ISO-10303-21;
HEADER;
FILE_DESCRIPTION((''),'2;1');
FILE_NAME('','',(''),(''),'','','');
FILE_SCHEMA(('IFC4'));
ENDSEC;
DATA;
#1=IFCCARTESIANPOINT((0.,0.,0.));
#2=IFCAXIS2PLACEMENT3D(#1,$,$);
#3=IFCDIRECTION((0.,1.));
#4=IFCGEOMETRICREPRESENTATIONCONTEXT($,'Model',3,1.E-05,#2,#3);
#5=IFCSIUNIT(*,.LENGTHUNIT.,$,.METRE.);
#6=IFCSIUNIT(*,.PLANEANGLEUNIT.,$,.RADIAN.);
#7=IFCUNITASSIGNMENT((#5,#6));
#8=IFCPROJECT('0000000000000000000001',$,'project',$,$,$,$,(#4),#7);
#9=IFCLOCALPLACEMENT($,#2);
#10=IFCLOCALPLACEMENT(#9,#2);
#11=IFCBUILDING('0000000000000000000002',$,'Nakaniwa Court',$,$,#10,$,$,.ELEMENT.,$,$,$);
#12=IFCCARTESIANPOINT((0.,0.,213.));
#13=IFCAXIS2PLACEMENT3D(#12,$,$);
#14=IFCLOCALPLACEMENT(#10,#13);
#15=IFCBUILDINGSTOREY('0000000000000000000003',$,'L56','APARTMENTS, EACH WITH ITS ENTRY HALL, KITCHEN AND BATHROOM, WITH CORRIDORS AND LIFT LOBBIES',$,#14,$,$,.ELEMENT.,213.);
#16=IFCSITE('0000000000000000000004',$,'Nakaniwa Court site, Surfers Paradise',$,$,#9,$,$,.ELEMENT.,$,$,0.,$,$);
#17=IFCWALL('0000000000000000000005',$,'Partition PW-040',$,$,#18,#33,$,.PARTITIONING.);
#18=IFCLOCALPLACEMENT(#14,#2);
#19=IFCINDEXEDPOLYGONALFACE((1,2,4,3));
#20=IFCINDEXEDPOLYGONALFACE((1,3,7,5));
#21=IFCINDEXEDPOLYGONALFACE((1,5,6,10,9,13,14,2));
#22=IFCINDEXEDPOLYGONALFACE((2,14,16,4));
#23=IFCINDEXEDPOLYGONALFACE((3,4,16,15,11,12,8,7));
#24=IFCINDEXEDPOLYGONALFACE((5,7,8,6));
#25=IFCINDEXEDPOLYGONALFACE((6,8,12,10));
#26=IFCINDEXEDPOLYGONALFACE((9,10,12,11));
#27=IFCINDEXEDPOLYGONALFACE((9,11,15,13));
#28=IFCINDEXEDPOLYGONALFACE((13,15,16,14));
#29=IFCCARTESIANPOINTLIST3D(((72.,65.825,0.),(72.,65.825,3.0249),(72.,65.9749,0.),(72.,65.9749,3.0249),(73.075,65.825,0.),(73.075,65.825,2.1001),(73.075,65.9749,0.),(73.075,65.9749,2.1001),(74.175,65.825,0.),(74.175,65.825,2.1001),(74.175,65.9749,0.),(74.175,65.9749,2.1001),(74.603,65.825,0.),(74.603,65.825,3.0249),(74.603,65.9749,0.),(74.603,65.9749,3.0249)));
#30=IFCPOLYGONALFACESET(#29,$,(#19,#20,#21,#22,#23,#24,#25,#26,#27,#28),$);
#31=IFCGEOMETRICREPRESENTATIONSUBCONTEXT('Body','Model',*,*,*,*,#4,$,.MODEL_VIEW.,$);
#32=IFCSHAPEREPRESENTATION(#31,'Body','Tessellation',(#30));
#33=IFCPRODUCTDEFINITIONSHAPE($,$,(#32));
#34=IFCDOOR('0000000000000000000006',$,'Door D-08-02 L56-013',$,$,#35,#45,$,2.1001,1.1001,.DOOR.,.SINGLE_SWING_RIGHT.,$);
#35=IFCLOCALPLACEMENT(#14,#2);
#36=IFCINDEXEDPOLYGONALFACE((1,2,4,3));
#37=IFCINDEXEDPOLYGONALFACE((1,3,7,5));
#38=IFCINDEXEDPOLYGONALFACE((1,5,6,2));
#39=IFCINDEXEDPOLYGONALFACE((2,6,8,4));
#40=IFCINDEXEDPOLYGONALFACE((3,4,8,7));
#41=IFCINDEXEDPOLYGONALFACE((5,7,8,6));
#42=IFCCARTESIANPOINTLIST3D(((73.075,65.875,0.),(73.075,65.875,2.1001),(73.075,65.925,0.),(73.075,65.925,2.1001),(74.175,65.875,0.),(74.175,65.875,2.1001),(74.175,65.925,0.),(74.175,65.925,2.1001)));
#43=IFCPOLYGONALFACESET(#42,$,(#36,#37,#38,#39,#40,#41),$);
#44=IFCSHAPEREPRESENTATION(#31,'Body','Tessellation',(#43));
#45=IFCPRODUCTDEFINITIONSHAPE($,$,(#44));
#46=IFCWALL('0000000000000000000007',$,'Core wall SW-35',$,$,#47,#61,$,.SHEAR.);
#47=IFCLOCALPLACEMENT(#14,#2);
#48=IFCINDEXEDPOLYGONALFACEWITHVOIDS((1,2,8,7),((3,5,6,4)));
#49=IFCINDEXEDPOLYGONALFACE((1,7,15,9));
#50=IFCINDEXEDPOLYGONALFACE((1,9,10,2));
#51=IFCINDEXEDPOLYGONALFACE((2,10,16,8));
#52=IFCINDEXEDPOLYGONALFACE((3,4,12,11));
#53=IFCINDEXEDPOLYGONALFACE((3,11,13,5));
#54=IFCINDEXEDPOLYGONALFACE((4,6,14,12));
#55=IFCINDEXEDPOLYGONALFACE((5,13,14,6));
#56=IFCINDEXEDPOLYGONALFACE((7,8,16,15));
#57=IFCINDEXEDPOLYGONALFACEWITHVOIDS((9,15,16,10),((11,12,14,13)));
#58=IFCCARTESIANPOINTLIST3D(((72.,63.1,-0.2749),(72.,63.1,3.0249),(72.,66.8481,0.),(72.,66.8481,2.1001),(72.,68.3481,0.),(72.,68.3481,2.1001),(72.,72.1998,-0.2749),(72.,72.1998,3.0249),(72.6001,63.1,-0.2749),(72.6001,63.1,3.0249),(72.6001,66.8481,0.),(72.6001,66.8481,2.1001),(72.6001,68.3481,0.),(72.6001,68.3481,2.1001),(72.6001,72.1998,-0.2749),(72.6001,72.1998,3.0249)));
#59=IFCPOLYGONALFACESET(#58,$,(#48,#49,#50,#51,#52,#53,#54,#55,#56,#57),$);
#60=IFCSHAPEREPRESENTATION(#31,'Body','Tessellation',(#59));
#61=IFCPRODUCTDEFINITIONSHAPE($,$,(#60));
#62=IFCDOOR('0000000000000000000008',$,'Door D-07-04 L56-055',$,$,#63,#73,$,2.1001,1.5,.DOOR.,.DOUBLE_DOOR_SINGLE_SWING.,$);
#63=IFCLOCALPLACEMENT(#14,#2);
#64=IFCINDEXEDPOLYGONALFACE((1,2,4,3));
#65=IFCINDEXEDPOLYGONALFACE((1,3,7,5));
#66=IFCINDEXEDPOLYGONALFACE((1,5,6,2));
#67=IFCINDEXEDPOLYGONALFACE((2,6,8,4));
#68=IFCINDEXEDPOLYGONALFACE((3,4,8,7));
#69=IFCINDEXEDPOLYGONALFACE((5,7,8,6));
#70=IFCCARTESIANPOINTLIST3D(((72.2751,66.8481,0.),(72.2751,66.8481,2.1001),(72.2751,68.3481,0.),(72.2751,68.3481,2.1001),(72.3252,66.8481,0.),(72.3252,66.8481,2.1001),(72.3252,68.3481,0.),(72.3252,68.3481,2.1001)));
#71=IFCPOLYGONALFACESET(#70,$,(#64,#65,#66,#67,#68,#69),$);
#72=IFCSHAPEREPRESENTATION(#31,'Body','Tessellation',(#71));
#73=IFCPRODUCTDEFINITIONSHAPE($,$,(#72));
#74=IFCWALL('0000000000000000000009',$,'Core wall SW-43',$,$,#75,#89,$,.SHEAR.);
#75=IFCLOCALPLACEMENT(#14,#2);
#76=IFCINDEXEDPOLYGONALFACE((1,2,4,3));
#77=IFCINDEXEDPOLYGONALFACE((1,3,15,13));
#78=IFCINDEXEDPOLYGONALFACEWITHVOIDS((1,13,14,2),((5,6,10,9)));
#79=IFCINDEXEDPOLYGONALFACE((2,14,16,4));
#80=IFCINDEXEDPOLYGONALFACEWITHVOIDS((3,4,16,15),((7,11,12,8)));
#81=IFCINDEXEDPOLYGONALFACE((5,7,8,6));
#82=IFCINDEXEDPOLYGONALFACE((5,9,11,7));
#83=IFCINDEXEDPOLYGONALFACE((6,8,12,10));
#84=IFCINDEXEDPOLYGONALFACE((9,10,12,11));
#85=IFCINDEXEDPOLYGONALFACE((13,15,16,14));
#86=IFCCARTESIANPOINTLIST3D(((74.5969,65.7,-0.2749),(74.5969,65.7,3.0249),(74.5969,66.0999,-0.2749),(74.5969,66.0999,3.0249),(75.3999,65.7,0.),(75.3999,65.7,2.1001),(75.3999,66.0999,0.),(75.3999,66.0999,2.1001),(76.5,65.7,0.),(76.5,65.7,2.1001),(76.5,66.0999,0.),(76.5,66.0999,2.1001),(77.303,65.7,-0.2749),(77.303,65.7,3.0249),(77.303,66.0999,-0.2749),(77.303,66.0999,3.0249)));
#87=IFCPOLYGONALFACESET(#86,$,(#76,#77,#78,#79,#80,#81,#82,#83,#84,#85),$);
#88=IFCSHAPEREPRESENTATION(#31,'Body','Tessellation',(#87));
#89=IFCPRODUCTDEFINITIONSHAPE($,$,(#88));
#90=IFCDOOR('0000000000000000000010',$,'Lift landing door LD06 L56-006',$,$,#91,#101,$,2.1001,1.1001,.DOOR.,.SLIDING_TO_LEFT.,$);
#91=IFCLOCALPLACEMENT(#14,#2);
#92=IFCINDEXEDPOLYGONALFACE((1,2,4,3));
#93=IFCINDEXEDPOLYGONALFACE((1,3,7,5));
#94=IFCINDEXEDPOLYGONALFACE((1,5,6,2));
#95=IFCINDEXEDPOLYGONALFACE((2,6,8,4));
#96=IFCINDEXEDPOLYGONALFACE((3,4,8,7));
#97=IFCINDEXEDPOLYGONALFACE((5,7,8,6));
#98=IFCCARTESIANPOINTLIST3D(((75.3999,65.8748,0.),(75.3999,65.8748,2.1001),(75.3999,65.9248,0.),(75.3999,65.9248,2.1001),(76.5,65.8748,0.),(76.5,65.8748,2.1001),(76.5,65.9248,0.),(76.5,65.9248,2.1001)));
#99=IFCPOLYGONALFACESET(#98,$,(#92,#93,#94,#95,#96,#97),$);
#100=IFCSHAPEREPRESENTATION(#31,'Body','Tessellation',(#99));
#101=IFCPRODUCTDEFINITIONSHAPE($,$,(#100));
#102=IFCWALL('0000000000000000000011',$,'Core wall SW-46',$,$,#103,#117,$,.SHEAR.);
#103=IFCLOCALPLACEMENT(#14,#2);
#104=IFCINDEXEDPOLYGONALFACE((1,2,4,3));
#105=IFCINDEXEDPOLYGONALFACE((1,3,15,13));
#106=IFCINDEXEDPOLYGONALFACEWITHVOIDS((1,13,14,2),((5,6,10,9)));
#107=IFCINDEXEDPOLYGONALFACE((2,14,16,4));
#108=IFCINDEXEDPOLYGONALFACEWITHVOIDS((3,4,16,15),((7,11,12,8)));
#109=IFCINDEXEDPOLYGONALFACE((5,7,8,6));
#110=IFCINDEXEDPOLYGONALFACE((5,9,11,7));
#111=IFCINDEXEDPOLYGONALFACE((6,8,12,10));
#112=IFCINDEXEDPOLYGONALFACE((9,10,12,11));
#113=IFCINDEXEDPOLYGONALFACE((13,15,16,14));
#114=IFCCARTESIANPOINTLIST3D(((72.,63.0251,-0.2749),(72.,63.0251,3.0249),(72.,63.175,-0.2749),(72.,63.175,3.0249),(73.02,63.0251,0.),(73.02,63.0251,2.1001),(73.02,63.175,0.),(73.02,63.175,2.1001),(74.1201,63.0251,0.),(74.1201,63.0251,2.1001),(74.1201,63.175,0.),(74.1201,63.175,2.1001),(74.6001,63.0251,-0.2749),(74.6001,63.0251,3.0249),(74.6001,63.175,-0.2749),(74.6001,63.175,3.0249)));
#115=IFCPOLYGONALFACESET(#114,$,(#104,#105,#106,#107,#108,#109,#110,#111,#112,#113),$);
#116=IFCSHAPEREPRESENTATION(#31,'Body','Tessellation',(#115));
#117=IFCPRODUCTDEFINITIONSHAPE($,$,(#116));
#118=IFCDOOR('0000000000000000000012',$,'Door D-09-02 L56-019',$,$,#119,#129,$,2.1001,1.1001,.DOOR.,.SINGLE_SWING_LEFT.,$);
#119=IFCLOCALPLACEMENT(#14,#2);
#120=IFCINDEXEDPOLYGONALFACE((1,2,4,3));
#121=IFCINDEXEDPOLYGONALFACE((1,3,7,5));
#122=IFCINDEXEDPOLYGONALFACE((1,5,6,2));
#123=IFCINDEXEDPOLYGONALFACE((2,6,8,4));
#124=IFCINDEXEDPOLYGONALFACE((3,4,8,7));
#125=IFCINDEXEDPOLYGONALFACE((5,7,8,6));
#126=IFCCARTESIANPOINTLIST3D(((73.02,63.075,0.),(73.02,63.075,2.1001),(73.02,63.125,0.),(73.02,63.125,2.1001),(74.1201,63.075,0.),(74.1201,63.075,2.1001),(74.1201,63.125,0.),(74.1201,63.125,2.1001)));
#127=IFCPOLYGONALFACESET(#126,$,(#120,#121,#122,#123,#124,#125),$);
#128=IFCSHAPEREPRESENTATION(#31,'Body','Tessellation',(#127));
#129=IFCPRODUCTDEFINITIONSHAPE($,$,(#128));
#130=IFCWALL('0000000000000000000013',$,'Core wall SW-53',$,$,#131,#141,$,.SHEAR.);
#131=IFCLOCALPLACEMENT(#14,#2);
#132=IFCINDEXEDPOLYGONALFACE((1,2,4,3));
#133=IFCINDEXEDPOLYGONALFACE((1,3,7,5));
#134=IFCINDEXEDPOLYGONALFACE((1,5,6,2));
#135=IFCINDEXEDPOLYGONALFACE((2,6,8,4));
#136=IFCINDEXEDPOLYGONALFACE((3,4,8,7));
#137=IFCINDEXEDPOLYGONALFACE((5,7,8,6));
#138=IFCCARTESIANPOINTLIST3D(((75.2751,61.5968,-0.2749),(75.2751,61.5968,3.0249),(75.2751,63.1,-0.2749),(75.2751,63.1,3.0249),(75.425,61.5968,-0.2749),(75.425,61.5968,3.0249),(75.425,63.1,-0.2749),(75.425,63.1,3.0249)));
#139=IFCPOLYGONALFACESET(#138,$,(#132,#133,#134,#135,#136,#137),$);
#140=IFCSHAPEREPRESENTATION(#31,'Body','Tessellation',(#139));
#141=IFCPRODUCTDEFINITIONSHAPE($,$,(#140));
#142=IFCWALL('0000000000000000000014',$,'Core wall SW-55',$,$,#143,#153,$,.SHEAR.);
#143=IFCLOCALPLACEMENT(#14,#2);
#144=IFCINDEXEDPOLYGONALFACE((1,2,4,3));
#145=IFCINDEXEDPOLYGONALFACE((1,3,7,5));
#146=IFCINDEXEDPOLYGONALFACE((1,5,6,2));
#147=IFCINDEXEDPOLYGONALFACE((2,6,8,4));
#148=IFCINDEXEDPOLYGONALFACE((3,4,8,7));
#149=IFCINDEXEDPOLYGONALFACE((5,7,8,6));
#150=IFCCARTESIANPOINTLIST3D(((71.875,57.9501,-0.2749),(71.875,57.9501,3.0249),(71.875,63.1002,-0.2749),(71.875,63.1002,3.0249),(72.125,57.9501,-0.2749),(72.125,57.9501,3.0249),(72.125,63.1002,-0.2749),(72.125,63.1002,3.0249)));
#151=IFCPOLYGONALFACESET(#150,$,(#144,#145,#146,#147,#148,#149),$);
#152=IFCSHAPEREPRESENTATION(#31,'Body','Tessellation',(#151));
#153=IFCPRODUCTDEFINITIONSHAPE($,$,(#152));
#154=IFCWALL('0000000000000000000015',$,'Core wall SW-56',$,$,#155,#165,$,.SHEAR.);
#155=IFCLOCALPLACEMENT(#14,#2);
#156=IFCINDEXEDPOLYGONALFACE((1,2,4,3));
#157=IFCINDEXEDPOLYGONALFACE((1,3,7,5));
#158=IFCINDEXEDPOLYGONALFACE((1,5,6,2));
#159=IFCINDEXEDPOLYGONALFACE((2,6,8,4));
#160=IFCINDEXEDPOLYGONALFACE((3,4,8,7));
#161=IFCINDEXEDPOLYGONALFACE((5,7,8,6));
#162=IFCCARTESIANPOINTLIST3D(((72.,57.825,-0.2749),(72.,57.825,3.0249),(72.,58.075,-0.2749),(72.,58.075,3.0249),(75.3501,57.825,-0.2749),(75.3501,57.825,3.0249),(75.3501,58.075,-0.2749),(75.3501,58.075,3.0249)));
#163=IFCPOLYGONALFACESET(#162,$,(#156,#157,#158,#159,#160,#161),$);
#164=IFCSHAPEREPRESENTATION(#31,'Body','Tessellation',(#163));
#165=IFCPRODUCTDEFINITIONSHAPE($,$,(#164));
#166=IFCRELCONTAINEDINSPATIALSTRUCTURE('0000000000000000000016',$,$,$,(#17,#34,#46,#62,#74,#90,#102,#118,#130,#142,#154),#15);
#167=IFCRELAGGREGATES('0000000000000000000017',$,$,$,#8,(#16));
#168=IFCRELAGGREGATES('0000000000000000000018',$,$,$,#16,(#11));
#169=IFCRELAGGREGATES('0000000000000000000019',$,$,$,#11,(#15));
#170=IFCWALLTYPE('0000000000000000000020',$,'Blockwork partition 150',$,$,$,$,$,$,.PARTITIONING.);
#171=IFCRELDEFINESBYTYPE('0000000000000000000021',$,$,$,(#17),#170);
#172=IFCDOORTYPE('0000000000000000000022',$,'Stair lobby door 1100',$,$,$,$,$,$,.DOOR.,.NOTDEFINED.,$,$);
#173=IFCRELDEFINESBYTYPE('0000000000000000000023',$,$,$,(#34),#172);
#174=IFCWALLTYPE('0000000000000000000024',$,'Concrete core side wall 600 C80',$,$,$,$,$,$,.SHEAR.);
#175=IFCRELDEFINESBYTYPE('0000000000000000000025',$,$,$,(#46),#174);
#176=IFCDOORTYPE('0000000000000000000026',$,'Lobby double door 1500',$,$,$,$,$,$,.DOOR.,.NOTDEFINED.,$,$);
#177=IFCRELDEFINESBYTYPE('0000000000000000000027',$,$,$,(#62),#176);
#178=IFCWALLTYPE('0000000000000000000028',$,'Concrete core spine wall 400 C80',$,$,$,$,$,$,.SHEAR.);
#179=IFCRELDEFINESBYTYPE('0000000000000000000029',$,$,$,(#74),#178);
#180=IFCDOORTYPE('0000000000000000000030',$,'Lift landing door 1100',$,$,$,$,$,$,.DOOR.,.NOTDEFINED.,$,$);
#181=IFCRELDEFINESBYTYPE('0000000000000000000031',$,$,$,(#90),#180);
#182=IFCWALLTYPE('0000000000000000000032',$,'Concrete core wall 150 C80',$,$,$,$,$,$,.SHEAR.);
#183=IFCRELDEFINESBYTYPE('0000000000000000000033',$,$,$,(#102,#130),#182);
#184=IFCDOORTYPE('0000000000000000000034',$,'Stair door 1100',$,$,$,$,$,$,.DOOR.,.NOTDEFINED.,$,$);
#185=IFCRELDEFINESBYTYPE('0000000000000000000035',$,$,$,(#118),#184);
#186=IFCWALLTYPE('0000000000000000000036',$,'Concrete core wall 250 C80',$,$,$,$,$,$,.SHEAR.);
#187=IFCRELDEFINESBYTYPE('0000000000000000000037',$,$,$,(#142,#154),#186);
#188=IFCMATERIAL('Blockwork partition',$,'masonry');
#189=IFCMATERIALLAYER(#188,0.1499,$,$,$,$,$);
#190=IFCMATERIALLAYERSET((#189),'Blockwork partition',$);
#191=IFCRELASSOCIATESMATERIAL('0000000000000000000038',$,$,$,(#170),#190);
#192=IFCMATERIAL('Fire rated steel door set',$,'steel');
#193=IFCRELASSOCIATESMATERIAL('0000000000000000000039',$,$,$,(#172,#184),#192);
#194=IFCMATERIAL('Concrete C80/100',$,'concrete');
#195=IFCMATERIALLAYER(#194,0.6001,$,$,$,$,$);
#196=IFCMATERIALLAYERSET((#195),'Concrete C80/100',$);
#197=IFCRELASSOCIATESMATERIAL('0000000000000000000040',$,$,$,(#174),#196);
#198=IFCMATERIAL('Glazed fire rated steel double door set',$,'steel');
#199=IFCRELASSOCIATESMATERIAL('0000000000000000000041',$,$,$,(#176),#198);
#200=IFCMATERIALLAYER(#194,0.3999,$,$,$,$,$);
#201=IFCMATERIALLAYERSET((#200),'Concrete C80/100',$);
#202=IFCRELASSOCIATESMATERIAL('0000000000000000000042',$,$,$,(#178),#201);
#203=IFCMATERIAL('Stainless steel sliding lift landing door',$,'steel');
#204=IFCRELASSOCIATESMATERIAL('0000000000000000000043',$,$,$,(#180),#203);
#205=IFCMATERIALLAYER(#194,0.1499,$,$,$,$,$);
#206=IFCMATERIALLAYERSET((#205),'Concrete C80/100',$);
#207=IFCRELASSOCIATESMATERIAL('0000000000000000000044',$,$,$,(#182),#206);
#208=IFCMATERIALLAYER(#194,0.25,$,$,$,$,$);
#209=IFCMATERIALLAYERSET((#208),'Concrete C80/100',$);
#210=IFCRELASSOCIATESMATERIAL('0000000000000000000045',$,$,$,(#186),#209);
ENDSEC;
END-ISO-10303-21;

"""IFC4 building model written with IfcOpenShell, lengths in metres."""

from ifc_helpers import new_model, si_unit, direction, frame, frame_2d, origin, place, context, subcontext, project, spatial, rectangle, extrude, material, layer, layer_set, type_object, element, fill, save


model = new_model("IFC4")

# Units and contexts
model_context = context("Model", 3, precision=1e-05, world=origin(), true_north=direction((0.0, 1.0)))
body_context = subcontext(model_context, "Body", "Model", "MODEL_VIEW")
ifc_project = project(units=[si_unit("LENGTHUNIT", "METRE"), si_unit("PLANEANGLEUNIT", "RADIAN")], contexts=[model_context])

# Site, building, storey
site_placement = place(None, origin())
site = spatial("IfcSite", under=ifc_project, at=site_placement, Name="Nakaniwa Court site, Surfers Paradise", CompositionType="ELEMENT", RefElevation=0.0)
building_placement = place(site_placement, origin())
building = spatial("IfcBuilding", under=site, at=building_placement, Name="Nakaniwa Court", CompositionType="ELEMENT")
storey_placement = place(building_placement, frame((0.0, 0.0, 213.0)))
storey = spatial("IfcBuildingStorey", under=building, at=storey_placement, Name="L56", Description="APARTMENTS, EACH WITH ITS ENTRY HALL, KITCHEN AND BATHROOM, WITH CORRIDORS AND LIFT LOBBIES", CompositionType="ELEMENT", Elevation=213.0)

# Walls, openings, doors
ifc_material_1 = material(Name="Blockwork partition", Category="masonry")
ifc_layer_1 = layer(ifc_material_1, 0.1499)
ifc_layer_set_1 = layer_set([ifc_layer_1], Name="Blockwork partition")
wall_type_1 = type_object("IfcWallType", Name="Blockwork partition 150", PredefinedType="PARTITIONING", material=ifc_layer_set_1)
wall_1_placement = place(storey_placement, frame((74.603, 65.8999, 0.0), z_axis=(0.0, 0.0, 1.0), x_axis=(-1.0, 0.0, 0.0)))
wall_1 = element("IfcWall", 1, at=wall_1_placement, inside=storey, type_object=wall_type_1, Name="Partition PW-040", PredefinedType="PARTITIONING", context=body_context, shape_type="SweptSolid", body=[
    extrude(rectangle(XDim=2.603, YDim=0.1499, at=frame_2d((1.3015, 0.0))), origin(), (0.0, 0.0, 1.0), 3.0249),
])
opening_1_placement = place(wall_1_placement, frame((0.428, 0.0, 0.0)))
opening_1 = element("IfcOpeningElement", 2, at=opening_1_placement, cuts=wall_1, PredefinedType="OPENING", context=body_context, shape_type="SweptSolid", body=[
    extrude(rectangle(XDim=1.1001, YDim=2.1001, at=frame_2d((0.55, 1.05))), frame((0.0, 0.085, 0.0), z_axis=(0.0, -1.0, 0.0), x_axis=(1.0, 0.0, 0.0)), (0.0, 0.0, 1.0), 0.1699),
])
ifc_material_2 = material(Name="Fire rated steel door set", Category="steel")
door_type_1 = type_object("IfcDoorType", Name="Stair lobby door 1100", OperationType="NOTDEFINED", PredefinedType="DOOR", material=ifc_material_2)
door_1_placement = place(opening_1_placement, origin())
door_1 = element("IfcDoor", 3, at=door_1_placement, inside=storey, type_object=door_type_1, Name="Door D-08-02 L56-013", OperationType="SINGLE_SWING_RIGHT", OverallHeight=2.1001, OverallWidth=1.1001, PredefinedType="DOOR", context=body_context, shape_type="SweptSolid", body=[
    extrude(rectangle(XDim=1.1001, YDim=2.1001, at=frame_2d((0.55, 1.05))), frame((0.0, 0.0249, 0.0), z_axis=(0.0, -1.0, 0.0), x_axis=(1.0, 0.0, 0.0)), (0.0, 0.0, 1.0), 0.05),
])
fill(opening_1, door_1)
ifc_material_3 = material(Name="Concrete C80/100", Category="concrete")
ifc_layer_2 = layer(ifc_material_3, 0.6001)
ifc_layer_set_2 = layer_set([ifc_layer_2], Name="Concrete C80/100")
wall_type_2 = type_object("IfcWallType", Name="Concrete core side wall 600 C80", PredefinedType="SHEAR", material=ifc_layer_set_2)
wall_2_placement = place(storey_placement, frame((72.3, 63.1001, -0.2749), z_axis=(0.0, 0.0, 1.0), x_axis=(0.0, 1.0, 0.0)))
wall_2 = element("IfcWall", 4, at=wall_2_placement, inside=storey, type_object=wall_type_2, Name="Core wall SW-35", PredefinedType="SHEAR", context=body_context, shape_type="SweptSolid", body=[
    extrude(rectangle(XDim=9.0999, YDim=0.6001, at=frame_2d((4.5498, 0.0))), origin(), (0.0, 0.0, 1.0), 3.2998),
])
opening_2_placement = place(wall_2_placement, frame((3.748, 0.0, 0.2749)))
opening_2 = element("IfcOpeningElement", 5, at=opening_2_placement, cuts=wall_2, PredefinedType="OPENING", context=body_context, shape_type="SweptSolid", body=[
    extrude(rectangle(XDim=1.5, YDim=2.1001, at=frame_2d((0.75, 1.05))), frame((0.0, 0.3101, 0.0), z_axis=(0.0, -1.0, 0.0), x_axis=(1.0, 0.0, 0.0)), (0.0, 0.0, 1.0), 0.6201),
])
ifc_material_4 = material(Name="Glazed fire rated steel double door set", Category="steel")
door_type_2 = type_object("IfcDoorType", Name="Lobby double door 1500", OperationType="NOTDEFINED", PredefinedType="DOOR", material=ifc_material_4)
door_2_placement = place(opening_2_placement, origin())
door_2 = element("IfcDoor", 6, at=door_2_placement, inside=storey, type_object=door_type_2, Name="Door D-07-04 L56-055", OperationType="DOUBLE_DOOR_SINGLE_SWING", OverallHeight=2.1001, OverallWidth=1.5, PredefinedType="DOOR", context=body_context, shape_type="SweptSolid", body=[
    extrude(rectangle(XDim=1.5, YDim=2.1001, at=frame_2d((0.75, 1.05))), frame((0.0, 0.0249, 0.0), z_axis=(0.0, -1.0, 0.0), x_axis=(1.0, 0.0, 0.0)), (0.0, 0.0, 1.0), 0.05),
])
fill(opening_2, door_2)
ifc_layer_3 = layer(ifc_material_3, 0.3999)
ifc_layer_set_3 = layer_set([ifc_layer_3], Name="Concrete C80/100")
wall_type_3 = type_object("IfcWallType", Name="Concrete core spine wall 400 C80", PredefinedType="SHEAR", material=ifc_layer_set_3)
wall_3_placement = place(storey_placement, frame((74.5969, 65.8999, -0.2749), z_axis=(0.0, 0.0, 1.0), x_axis=(1.0, 0.0, 0.0)))
wall_3 = element("IfcWall", 7, at=wall_3_placement, inside=storey, type_object=wall_type_3, Name="Core wall SW-43", PredefinedType="SHEAR", context=body_context, shape_type="SweptSolid", body=[
    extrude(rectangle(XDim=2.7061, YDim=0.3999, at=frame_2d((1.353, 0.0))), origin(), (0.0, 0.0, 1.0), 3.2998),
])
opening_3_placement = place(wall_3_placement, frame((0.803, 0.0, 0.2749)))
opening_3 = element("IfcOpeningElement", 8, at=opening_3_placement, cuts=wall_3, PredefinedType="OPENING", context=body_context, shape_type="SweptSolid", body=[
    extrude(rectangle(XDim=1.1001, YDim=2.1001, at=frame_2d((0.55, 1.05))), frame((0.0, 0.21, 0.0), z_axis=(0.0, -1.0, 0.0), x_axis=(1.0, 0.0, 0.0)), (0.0, 0.0, 1.0), 0.4199),
])
ifc_material_5 = material(Name="Stainless steel sliding lift landing door", Category="steel")
door_type_3 = type_object("IfcDoorType", Name="Lift landing door 1100", OperationType="NOTDEFINED", PredefinedType="DOOR", material=ifc_material_5)
door_3_placement = place(opening_3_placement, origin())
door_3 = element("IfcDoor", 9, at=door_3_placement, inside=storey, type_object=door_type_3, Name="Lift landing door LD06 L56-006", OperationType="SLIDING_TO_LEFT", OverallHeight=2.1001, OverallWidth=1.1001, PredefinedType="DOOR", context=body_context, shape_type="SweptSolid", body=[
    extrude(rectangle(XDim=1.1001, YDim=2.1001, at=frame_2d((0.55, 1.05))), frame((0.0, 0.0249, 0.0), z_axis=(0.0, -1.0, 0.0), x_axis=(1.0, 0.0, 0.0)), (0.0, 0.0, 1.0), 0.05),
])
fill(opening_3, door_3)
ifc_layer_4 = layer(ifc_material_3, 0.1499)
ifc_layer_set_4 = layer_set([ifc_layer_4], Name="Concrete C80/100")
wall_type_4 = type_object("IfcWallType", Name="Concrete core wall 150 C80", PredefinedType="SHEAR", material=ifc_layer_set_4)
wall_4_placement = place(storey_placement, frame((72.0, 63.1001, -0.2749), z_axis=(0.0, 0.0, 1.0), x_axis=(1.0, 0.0, 0.0)))
wall_4 = element("IfcWall", 10, at=wall_4_placement, inside=storey, type_object=wall_type_4, Name="Core wall SW-46", PredefinedType="SHEAR", context=body_context, shape_type="SweptSolid", body=[
    extrude(rectangle(XDim=2.6001, YDim=0.1499, at=frame_2d((1.3, 0.0))), origin(), (0.0, 0.0, 1.0), 3.2998),
])
opening_4_placement = place(wall_4_placement, frame((1.02, 0.0, 0.2749)))
opening_4 = element("IfcOpeningElement", 11, at=opening_4_placement, cuts=wall_4, PredefinedType="OPENING", context=body_context, shape_type="SweptSolid", body=[
    extrude(rectangle(XDim=1.1001, YDim=2.1001, at=frame_2d((0.55, 1.05))), frame((0.0, 0.085, 0.0), z_axis=(0.0, -1.0, 0.0), x_axis=(1.0, 0.0, 0.0)), (0.0, 0.0, 1.0), 0.1699),
])
door_type_4 = type_object("IfcDoorType", Name="Stair door 1100", OperationType="NOTDEFINED", PredefinedType="DOOR", material=ifc_material_2)
door_4_placement = place(opening_4_placement, origin())
door_4 = element("IfcDoor", 12, at=door_4_placement, inside=storey, type_object=door_type_4, Name="Door D-09-02 L56-019", OperationType="SINGLE_SWING_LEFT", OverallHeight=2.1001, OverallWidth=1.1001, PredefinedType="DOOR", context=body_context, shape_type="SweptSolid", body=[
    extrude(rectangle(XDim=1.1001, YDim=2.1001, at=frame_2d((0.55, 1.05))), frame((0.0, 0.0249, 0.0), z_axis=(0.0, -1.0, 0.0), x_axis=(1.0, 0.0, 0.0)), (0.0, 0.0, 1.0), 0.05),
])
fill(opening_4, door_4)

# Walls
wall_5_placement = place(storey_placement, frame((75.3501, 61.5969, -0.2749), z_axis=(0.0, 0.0, 1.0), x_axis=(0.0, 1.0, 0.0)))
element("IfcWall", 13, at=wall_5_placement, inside=storey, type_object=wall_type_4, Name="Core wall SW-53", PredefinedType="SHEAR", context=body_context, shape_type="SweptSolid", body=[
    extrude(rectangle(XDim=1.5032, YDim=0.1499, at=frame_2d((0.7515, 0.0))), origin(), (0.0, 0.0, 1.0), 3.2998),
])
ifc_layer_5 = layer(ifc_material_3, 0.25)
ifc_layer_set_5 = layer_set([ifc_layer_5], Name="Concrete C80/100")
wall_type_5 = type_object("IfcWallType", Name="Concrete core wall 250 C80", PredefinedType="SHEAR", material=ifc_layer_set_5)
wall_6_placement = place(storey_placement, frame((72.0, 57.95, -0.2749), z_axis=(0.0, 0.0, 1.0), x_axis=(0.0, 1.0, 0.0)))
element("IfcWall", 14, at=wall_6_placement, inside=storey, type_object=wall_type_5, Name="Core wall SW-55", PredefinedType="SHEAR", context=body_context, shape_type="SweptSolid", body=[
    extrude(rectangle(XDim=5.1501, YDim=0.25, at=frame_2d((2.5752, 0.0))), origin(), (0.0, 0.0, 1.0), 3.2998),
])
wall_7_placement = place(storey_placement, frame((72.0, 57.95, -0.2749), z_axis=(0.0, 0.0, 1.0), x_axis=(1.0, 0.0, 0.0)))
element("IfcWall", 15, at=wall_7_placement, inside=storey, type_object=wall_type_5, Name="Core wall SW-56", PredefinedType="SHEAR", context=body_context, shape_type="SweptSolid", body=[
    extrude(rectangle(XDim=3.3501, YDim=0.25, at=frame_2d((1.675, 0.0))), origin(), (0.0, 0.0, 1.0), 3.2998),
])

save(model, "model.ifc")
